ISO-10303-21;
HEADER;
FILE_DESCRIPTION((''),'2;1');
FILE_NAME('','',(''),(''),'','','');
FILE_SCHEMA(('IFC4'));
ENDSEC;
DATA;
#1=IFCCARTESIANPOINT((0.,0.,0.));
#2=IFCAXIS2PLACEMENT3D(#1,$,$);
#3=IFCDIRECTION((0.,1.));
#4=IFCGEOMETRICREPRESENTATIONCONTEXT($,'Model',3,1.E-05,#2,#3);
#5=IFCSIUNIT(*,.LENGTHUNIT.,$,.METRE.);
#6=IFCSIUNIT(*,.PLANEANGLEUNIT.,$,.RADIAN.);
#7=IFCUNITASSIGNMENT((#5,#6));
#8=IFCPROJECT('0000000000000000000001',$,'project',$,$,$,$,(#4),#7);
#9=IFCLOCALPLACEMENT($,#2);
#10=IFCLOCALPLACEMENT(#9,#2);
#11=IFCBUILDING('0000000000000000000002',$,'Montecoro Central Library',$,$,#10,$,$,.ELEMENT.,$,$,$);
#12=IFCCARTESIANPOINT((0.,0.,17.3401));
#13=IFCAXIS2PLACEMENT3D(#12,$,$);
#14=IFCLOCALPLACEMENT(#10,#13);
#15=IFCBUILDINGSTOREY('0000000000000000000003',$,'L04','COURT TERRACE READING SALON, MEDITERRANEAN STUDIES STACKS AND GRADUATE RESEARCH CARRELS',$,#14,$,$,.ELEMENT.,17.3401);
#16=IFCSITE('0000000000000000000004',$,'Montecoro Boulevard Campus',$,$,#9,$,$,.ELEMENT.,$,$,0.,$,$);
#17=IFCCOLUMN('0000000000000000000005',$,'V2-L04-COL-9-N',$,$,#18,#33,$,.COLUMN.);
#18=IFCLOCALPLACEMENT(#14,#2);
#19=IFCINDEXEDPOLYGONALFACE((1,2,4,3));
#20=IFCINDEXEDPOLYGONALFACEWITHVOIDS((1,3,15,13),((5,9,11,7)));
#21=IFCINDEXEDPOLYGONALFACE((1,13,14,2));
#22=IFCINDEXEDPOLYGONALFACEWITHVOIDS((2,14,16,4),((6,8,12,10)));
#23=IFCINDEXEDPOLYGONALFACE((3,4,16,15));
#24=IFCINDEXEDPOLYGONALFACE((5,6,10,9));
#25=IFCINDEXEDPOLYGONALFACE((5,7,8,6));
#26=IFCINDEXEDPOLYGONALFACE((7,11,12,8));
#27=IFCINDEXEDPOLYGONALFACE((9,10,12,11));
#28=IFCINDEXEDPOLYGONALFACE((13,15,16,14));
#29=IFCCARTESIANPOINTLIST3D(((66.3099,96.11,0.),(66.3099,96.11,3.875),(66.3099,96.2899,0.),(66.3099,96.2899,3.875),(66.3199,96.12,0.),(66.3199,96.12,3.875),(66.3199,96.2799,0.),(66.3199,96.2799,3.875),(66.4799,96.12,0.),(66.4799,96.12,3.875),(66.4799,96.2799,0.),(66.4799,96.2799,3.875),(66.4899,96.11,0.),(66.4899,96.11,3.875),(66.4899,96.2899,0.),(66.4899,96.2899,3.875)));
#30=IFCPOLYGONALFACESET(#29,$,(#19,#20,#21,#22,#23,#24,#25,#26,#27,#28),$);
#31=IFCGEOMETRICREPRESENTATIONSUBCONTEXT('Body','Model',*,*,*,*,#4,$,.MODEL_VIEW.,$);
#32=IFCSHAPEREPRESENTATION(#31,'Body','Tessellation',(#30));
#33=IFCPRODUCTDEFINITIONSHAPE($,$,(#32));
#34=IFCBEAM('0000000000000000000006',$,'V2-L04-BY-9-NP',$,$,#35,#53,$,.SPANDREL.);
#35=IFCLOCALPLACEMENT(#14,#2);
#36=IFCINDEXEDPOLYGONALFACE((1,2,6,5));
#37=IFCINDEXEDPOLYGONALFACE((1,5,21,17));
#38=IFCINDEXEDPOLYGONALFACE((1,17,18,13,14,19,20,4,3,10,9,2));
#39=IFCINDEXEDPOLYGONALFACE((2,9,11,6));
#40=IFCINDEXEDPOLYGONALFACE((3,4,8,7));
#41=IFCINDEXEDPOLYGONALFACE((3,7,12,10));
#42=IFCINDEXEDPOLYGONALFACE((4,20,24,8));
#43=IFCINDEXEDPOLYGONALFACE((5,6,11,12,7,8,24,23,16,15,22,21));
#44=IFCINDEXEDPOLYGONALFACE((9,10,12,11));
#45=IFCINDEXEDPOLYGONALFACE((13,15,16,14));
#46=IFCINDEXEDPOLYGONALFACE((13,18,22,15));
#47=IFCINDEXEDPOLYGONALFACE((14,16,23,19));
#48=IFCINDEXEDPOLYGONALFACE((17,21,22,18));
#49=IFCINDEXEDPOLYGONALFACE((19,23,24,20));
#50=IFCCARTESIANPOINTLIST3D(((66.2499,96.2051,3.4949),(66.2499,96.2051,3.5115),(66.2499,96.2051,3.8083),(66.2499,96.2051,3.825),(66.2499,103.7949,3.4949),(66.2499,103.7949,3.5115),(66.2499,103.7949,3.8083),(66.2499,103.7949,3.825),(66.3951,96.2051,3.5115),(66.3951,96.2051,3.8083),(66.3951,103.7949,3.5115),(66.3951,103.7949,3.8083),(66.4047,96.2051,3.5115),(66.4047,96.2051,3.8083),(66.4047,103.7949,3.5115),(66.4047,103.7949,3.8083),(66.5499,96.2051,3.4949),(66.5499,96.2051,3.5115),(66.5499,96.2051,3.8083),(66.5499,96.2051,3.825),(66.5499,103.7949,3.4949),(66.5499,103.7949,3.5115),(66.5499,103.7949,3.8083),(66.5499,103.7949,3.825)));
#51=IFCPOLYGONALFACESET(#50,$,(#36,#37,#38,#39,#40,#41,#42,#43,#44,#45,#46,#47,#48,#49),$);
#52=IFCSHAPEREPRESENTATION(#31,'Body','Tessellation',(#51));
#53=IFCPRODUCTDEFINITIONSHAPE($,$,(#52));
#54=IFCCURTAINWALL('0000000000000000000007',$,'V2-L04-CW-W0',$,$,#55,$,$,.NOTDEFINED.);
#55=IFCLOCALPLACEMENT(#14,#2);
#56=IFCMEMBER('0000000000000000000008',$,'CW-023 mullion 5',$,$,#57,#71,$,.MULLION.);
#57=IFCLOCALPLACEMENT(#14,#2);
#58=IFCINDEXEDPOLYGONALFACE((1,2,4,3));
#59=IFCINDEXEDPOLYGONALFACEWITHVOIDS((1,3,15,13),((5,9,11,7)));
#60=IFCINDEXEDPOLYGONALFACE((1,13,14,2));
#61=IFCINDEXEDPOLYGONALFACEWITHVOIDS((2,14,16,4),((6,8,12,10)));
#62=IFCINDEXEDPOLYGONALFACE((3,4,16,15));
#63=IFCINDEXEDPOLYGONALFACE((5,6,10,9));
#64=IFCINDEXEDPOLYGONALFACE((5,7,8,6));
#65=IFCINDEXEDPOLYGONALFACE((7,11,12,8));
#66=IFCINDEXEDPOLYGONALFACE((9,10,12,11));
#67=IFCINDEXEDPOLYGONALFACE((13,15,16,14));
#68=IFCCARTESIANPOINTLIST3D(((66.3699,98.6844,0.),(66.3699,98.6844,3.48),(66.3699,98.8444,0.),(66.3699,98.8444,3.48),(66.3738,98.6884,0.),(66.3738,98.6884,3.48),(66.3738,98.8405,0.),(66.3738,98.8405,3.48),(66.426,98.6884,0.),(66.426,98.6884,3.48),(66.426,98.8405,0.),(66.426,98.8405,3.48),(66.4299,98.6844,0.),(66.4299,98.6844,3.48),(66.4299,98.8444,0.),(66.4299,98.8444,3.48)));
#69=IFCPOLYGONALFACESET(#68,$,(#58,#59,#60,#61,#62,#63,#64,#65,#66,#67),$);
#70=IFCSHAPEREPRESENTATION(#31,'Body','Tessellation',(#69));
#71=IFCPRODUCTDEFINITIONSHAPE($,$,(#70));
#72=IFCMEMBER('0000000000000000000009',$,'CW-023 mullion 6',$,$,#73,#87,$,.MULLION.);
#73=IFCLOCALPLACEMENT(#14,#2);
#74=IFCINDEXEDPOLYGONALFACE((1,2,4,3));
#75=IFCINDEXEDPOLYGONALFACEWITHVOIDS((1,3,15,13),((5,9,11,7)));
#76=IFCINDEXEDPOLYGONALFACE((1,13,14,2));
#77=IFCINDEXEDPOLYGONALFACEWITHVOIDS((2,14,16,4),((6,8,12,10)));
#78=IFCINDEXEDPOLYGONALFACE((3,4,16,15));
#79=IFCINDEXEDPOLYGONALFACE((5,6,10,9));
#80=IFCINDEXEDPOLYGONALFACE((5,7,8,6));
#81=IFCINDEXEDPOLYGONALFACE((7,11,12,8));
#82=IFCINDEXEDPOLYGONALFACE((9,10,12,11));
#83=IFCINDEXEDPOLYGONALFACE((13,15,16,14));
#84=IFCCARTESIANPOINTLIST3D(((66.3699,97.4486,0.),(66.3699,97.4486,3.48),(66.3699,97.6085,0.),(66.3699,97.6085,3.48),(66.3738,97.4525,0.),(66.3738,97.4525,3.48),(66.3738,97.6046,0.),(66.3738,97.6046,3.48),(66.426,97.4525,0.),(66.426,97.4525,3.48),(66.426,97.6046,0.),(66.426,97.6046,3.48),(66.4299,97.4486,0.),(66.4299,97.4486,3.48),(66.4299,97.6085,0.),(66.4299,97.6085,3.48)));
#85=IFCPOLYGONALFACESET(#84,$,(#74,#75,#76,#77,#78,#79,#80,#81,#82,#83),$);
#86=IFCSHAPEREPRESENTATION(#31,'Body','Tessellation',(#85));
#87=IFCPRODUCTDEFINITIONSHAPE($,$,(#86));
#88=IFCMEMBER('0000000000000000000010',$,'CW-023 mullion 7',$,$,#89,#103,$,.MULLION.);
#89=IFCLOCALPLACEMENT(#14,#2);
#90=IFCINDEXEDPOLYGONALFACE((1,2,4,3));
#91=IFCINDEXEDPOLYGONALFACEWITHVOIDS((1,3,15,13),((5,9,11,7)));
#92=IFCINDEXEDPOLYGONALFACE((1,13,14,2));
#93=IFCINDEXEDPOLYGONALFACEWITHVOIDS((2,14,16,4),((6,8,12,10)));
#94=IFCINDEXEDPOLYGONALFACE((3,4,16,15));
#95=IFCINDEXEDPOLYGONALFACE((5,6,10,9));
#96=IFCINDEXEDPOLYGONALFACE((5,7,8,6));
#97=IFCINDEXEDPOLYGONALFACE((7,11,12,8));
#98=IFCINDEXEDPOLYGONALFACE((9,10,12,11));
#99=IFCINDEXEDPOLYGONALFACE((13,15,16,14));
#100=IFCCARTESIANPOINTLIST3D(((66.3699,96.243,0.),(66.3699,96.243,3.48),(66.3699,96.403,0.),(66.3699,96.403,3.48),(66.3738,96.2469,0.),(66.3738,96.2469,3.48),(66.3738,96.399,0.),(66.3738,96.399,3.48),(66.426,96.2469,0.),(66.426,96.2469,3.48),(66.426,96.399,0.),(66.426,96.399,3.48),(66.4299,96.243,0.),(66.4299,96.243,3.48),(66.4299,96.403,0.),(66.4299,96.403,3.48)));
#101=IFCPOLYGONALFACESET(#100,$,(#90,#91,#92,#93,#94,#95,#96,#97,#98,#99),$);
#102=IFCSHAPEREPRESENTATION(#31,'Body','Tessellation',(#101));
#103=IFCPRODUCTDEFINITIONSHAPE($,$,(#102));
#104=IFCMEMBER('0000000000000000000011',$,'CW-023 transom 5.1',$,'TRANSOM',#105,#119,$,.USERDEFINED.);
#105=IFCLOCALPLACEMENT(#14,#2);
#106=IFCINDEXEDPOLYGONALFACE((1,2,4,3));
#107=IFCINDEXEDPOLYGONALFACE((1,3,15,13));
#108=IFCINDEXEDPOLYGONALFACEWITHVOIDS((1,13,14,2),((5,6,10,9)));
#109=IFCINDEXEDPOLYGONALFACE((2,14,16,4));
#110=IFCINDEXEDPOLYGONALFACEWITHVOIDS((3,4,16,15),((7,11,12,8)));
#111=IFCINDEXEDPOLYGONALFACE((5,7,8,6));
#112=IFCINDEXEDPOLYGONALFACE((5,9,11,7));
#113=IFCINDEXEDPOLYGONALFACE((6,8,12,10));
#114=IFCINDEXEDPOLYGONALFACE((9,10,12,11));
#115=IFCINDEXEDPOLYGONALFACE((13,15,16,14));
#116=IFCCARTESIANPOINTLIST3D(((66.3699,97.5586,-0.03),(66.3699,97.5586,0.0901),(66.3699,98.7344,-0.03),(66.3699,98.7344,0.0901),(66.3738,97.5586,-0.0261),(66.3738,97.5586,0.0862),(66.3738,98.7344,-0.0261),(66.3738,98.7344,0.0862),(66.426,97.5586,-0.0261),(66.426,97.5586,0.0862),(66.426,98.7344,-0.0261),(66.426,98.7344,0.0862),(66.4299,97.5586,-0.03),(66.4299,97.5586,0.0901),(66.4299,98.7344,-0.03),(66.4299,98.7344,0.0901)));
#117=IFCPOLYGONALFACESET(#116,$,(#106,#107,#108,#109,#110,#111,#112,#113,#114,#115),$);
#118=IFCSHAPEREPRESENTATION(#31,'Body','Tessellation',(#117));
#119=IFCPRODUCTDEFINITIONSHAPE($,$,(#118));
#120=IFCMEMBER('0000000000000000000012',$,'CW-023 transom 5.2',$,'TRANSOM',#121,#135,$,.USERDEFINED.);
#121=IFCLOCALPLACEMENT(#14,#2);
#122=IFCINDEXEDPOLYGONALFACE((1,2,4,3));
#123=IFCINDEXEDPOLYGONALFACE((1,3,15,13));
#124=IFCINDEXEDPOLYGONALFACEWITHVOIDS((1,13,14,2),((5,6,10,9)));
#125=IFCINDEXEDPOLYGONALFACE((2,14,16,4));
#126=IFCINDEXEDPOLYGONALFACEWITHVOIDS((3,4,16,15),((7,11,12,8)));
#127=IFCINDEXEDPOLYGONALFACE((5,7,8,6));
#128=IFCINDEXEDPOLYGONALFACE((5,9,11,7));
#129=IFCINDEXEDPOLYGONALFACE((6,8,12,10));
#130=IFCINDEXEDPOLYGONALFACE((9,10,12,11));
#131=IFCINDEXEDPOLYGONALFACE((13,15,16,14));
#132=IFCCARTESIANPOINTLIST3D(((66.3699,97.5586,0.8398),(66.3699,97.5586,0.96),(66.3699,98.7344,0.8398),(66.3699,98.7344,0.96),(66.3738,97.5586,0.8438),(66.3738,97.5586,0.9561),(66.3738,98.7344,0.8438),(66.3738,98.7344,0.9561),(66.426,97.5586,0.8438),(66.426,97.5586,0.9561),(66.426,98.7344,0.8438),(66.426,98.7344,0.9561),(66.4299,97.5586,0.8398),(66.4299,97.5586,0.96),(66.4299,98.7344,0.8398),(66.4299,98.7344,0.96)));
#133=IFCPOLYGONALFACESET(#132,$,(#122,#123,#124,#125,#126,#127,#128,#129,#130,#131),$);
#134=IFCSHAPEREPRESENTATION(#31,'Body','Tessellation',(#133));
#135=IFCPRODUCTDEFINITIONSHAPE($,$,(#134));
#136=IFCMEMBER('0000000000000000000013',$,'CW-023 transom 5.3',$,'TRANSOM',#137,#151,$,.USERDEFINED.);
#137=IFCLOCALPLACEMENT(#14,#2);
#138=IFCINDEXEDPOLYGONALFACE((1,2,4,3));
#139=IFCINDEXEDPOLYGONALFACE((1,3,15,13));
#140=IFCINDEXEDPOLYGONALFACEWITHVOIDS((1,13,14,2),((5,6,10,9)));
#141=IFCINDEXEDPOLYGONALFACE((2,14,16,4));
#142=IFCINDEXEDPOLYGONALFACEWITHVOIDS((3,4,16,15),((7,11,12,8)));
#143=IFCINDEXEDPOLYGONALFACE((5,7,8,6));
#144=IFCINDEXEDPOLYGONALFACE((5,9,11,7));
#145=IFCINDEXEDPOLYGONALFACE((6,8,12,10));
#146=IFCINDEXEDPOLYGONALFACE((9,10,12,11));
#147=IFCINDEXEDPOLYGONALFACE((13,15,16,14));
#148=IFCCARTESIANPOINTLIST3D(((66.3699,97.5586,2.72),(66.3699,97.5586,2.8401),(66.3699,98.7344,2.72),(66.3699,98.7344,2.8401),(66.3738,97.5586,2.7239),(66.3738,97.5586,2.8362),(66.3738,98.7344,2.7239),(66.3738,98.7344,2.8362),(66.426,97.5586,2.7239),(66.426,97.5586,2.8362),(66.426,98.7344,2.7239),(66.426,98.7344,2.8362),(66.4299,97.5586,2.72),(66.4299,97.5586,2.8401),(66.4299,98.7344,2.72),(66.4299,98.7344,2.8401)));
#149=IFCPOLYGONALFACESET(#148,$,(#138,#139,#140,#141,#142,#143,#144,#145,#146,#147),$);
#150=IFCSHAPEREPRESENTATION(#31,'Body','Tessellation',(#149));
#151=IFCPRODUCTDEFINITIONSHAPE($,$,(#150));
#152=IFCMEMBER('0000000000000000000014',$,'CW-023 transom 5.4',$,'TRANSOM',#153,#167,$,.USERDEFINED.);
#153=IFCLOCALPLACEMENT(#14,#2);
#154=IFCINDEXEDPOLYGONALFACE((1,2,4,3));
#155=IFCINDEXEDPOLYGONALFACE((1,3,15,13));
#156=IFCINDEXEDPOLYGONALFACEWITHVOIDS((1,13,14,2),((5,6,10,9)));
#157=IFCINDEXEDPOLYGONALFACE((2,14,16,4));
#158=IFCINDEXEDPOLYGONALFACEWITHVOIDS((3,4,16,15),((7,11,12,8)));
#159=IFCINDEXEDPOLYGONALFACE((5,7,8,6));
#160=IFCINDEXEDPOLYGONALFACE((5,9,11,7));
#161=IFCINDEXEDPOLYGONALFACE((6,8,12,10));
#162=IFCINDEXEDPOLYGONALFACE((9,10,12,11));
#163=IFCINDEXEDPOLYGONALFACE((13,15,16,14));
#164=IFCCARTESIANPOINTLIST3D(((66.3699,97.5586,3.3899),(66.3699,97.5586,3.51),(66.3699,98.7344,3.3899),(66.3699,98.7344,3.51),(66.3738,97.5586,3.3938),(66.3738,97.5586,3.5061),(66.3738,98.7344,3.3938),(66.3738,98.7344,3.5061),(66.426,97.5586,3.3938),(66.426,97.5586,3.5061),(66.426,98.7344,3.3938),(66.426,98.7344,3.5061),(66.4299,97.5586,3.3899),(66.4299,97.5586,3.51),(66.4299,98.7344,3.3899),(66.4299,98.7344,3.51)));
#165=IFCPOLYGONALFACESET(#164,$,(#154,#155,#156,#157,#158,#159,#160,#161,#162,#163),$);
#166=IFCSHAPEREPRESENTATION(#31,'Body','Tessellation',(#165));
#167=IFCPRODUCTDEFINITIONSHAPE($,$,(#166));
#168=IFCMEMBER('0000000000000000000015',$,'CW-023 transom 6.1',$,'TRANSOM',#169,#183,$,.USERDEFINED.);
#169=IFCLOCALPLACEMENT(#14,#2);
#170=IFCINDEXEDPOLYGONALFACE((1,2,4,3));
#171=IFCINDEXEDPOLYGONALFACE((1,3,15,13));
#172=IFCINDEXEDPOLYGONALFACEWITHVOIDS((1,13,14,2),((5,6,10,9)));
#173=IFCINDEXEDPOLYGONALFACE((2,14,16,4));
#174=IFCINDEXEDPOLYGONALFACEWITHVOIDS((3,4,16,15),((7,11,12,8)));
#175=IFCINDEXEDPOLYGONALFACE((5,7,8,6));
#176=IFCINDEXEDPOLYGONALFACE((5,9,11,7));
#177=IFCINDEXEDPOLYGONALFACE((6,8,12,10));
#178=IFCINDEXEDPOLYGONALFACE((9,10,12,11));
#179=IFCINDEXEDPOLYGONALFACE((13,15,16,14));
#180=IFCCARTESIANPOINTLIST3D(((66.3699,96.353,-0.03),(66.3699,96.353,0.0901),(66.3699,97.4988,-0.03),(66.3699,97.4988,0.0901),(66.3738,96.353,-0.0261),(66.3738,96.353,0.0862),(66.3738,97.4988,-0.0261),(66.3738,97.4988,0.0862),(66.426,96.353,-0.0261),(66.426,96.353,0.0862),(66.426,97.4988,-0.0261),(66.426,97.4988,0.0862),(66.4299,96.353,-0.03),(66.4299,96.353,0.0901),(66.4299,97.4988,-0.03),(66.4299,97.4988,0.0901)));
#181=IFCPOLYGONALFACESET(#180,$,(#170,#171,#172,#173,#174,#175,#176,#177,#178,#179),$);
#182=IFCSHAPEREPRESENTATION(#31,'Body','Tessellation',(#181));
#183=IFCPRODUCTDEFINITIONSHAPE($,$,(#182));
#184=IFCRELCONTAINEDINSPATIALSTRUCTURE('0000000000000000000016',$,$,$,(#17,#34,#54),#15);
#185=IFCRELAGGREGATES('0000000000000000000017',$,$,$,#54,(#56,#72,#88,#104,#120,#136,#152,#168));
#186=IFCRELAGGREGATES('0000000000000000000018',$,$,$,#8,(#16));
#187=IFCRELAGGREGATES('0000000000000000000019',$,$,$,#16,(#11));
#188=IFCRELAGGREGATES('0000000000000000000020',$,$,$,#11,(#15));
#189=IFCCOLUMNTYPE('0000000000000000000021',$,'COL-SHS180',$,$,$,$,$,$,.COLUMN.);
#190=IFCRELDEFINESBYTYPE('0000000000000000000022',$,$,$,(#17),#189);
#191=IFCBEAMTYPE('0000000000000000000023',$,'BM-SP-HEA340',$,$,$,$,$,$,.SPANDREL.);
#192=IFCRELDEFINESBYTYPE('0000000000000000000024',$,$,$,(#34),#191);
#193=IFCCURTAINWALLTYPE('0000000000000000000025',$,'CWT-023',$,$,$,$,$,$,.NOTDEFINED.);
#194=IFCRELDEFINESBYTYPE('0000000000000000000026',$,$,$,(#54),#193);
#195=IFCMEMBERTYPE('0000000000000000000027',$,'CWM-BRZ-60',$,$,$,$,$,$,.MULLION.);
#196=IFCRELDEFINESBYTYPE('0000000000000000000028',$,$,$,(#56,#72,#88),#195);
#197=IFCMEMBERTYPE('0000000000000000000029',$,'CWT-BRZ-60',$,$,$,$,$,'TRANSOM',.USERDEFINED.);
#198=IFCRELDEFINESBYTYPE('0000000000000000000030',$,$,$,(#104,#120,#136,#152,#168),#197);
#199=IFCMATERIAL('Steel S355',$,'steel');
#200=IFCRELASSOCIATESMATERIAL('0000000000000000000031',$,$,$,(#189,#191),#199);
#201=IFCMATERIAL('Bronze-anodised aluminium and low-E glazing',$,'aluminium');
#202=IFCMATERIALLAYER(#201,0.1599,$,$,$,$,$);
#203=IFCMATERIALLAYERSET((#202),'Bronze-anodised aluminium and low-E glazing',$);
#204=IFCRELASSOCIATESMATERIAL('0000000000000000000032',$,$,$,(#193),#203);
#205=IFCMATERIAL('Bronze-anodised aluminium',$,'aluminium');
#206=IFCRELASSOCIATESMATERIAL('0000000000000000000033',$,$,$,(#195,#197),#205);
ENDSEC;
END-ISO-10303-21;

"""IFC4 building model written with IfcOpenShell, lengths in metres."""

from ifc_helpers import new_model, si_unit, direction, frame, origin, origin_2d, place, context, subcontext, project, spatial, hollow_rectangle, i_section, extrude, material, layer, layer_set, material_profile, profile_set, type_object, element, aggregate, save


model = new_model("IFC4")

# Units and contexts
model_context = context("Model", 3, precision=1e-05, world=origin(), true_north=direction((0.0, 1.0)))
body_context = subcontext(model_context, "Body", "Model", "MODEL_VIEW")
ifc_project = project(units=[si_unit("LENGTHUNIT", "METRE"), si_unit("PLANEANGLEUNIT", "RADIAN")], contexts=[model_context])

# Site, building, storey
site_placement = place(None, origin())
site = spatial("IfcSite", under=ifc_project, at=site_placement, Name="Montecoro Boulevard Campus", CompositionType="ELEMENT", RefElevation=0.0)
building_placement = place(site_placement, origin())
building = spatial("IfcBuilding", under=site, at=building_placement, Name="Montecoro Central Library", CompositionType="ELEMENT")
storey_placement = place(building_placement, frame((0.0, 0.0, 17.3401)))
storey = spatial("IfcBuildingStorey", under=building, at=storey_placement, Name="L04", Description="COURT TERRACE READING SALON, MEDITERRANEAN STUDIES STACKS AND GRADUATE RESEARCH CARRELS", CompositionType="ELEMENT", Elevation=17.3401)

# Column
ifc_material_1 = material(Name="Steel S355", Category="steel")
ifc_material_profile_1 = material_profile(ifc_material_1, hollow_rectangle(XDim=0.1799, YDim=0.1799, WallThickness=0.01, at=origin_2d()), Name="SHS 180x180x10.0")
ifc_profile_set_1 = profile_set([ifc_material_profile_1], Name="Steel S355")
column_type = type_object("IfcColumnType", Name="COL-SHS180", PredefinedType="COLUMN", material=ifc_profile_set_1)
column_placement = place(storey_placement, frame((66.3999, 96.2, 0.0), z_axis=(0.0, 0.0, 1.0), x_axis=(1.0, 0.0, 0.0)))
element("IfcColumn", 1, at=column_placement, inside=storey, type_object=column_type, Name="V2-L04-COL-9-N", PredefinedType="COLUMN", context=body_context, shape_type="SweptSolid", body=[
    extrude(hollow_rectangle(XDim=0.1799, YDim=0.1799, WallThickness=0.01, at=origin_2d()), origin(), (0.0, 0.0, 1.0), 3.875),
])

# Beam
ifc_material_profile_2 = material_profile(ifc_material_1, i_section(OverallWidth=0.3, OverallDepth=0.3301, WebThickness=0.0095, FlangeThickness=0.0166, at=origin_2d()), Name="HEA 340")
ifc_profile_set_2 = profile_set([ifc_material_profile_2], Name="Steel S355")
beam_type = type_object("IfcBeamType", Name="BM-SP-HEA340", PredefinedType="SPANDREL", material=ifc_profile_set_2)
beam_placement = place(storey_placement, frame((66.3999, 96.2051, 3.6599), z_axis=(0.0, 1.0, 0.0), x_axis=(-1.0, 0.0, 0.0)))
element("IfcBeam", 2, at=beam_placement, inside=storey, type_object=beam_type, Name="V2-L04-BY-9-NP", PredefinedType="SPANDREL", context=body_context, shape_type="SweptSolid", body=[
    extrude(i_section(OverallWidth=0.3, OverallDepth=0.3301, WebThickness=0.0095, FlangeThickness=0.0166, at=origin_2d()), origin(), (0.0, 0.0, 1.0), 7.5898),
])

# Curtain wall, members
ifc_material_2 = material(Name="Bronze-anodised aluminium and low-E glazing", Category="aluminium")
ifc_layer_1 = layer(ifc_material_2, 0.1599)
ifc_layer_set_1 = layer_set([ifc_layer_1], Name="Bronze-anodised aluminium and low-E glazing")
curtain_wall_type = type_object("IfcCurtainWallType", Name="CWT-023", PredefinedType="NOTDEFINED", material=ifc_layer_set_1)
curtain_wall_placement = place(storey_placement, origin())
curtain_wall = element("IfcCurtainWall", 3, at=curtain_wall_placement, inside=storey, type_object=curtain_wall_type, Name="V2-L04-CW-W0", PredefinedType="NOTDEFINED")
ifc_material_3 = material(Name="Bronze-anodised aluminium", Category="aluminium")
ifc_material_profile_3 = material_profile(ifc_material_3, hollow_rectangle(XDim=0.0601, YDim=0.1599, WallThickness=0.0039, at=origin_2d()), Name="CWM 160x60x4.0")
ifc_profile_set_3 = profile_set([ifc_material_profile_3], Name="Bronze-anodised aluminium")
member_type_1 = type_object("IfcMemberType", Name="CWM-BRZ-60", PredefinedType="MULLION", material=ifc_profile_set_3)
member_1_placement = place(storey_placement, frame((66.3999, 98.7644, 0.0), z_axis=(0.0, 0.0, 1.0), x_axis=(1.0, 0.0, 0.0)))
member_1 = element("IfcMember", 4, at=member_1_placement, type_object=member_type_1, Name="CW-023 mullion 5", PredefinedType="MULLION", context=body_context, shape_type="SweptSolid", body=[
    extrude(hollow_rectangle(XDim=0.0601, YDim=0.1599, WallThickness=0.0039, at=origin_2d()), origin(), (0.0, 0.0, 1.0), 3.48),
])
member_2_placement = place(storey_placement, frame((66.3999, 97.5286, 0.0), z_axis=(0.0, 0.0, 1.0), x_axis=(1.0, 0.0, 0.0)))
member_2 = element("IfcMember", 5, at=member_2_placement, type_object=member_type_1, Name="CW-023 mullion 6", PredefinedType="MULLION", context=body_context, shape_type="SweptSolid", body=[
    extrude(hollow_rectangle(XDim=0.0601, YDim=0.1599, WallThickness=0.0039, at=origin_2d()), origin(), (0.0, 0.0, 1.0), 3.48),
])
member_3_placement = place(storey_placement, frame((66.3999, 96.323, 0.0), z_axis=(0.0, 0.0, 1.0), x_axis=(1.0, 0.0, 0.0)))
member_3 = element("IfcMember", 6, at=member_3_placement, type_object=member_type_1, Name="CW-023 mullion 7", PredefinedType="MULLION", context=body_context, shape_type="SweptSolid", body=[
    extrude(hollow_rectangle(XDim=0.0601, YDim=0.1599, WallThickness=0.0039, at=origin_2d()), origin(), (0.0, 0.0, 1.0), 3.48),
])
ifc_material_profile_4 = material_profile(ifc_material_3, hollow_rectangle(XDim=0.0601, YDim=0.1201, WallThickness=0.0039, at=origin_2d()), Name="CWT 120x60x4.0")
ifc_profile_set_4 = profile_set([ifc_material_profile_4], Name="Bronze-anodised aluminium")
member_type_2 = type_object("IfcMemberType", Name="CWT-BRZ-60", ElementType="TRANSOM", PredefinedType="USERDEFINED", material=ifc_profile_set_4)
member_4_placement = place(storey_placement, frame((66.3999, 98.7344, 0.03), z_axis=(0.0, -1.0, 0.0), x_axis=(1.0, 0.0, 0.0)))
member_4 = element("IfcMember", 7, at=member_4_placement, type_object=member_type_2, Name="CW-023 transom 5.1", ObjectType="TRANSOM", PredefinedType="USERDEFINED", context=body_context, shape_type="SweptSolid", body=[
    extrude(hollow_rectangle(XDim=0.0601, YDim=0.1201, WallThickness=0.0039, at=origin_2d()), origin(), (0.0, 0.0, 1.0), 1.1758),
])
member_5_placement = place(storey_placement, frame((66.3999, 98.7344, 0.8999), z_axis=(0.0, -1.0, 0.0), x_axis=(1.0, 0.0, 0.0)))
member_5 = element("IfcMember", 8, at=member_5_placement, type_object=member_type_2, Name="CW-023 transom 5.2", ObjectType="TRANSOM", PredefinedType="USERDEFINED", context=body_context, shape_type="SweptSolid", body=[
    extrude(hollow_rectangle(XDim=0.0601, YDim=0.1201, WallThickness=0.0039, at=origin_2d()), origin(), (0.0, 0.0, 1.0), 1.1758),
])
member_6_placement = place(storey_placement, frame((66.3999, 98.7344, 2.78), z_axis=(0.0, -1.0, 0.0), x_axis=(1.0, 0.0, 0.0)))
member_6 = element("IfcMember", 9, at=member_6_placement, type_object=member_type_2, Name="CW-023 transom 5.3", ObjectType="TRANSOM", PredefinedType="USERDEFINED", context=body_context, shape_type="SweptSolid", body=[
    extrude(hollow_rectangle(XDim=0.0601, YDim=0.1201, WallThickness=0.0039, at=origin_2d()), origin(), (0.0, 0.0, 1.0), 1.1758),
])
member_7_placement = place(storey_placement, frame((66.3999, 98.7344, 3.45), z_axis=(0.0, -1.0, 0.0), x_axis=(1.0, 0.0, 0.0)))
member_7 = element("IfcMember", 10, at=member_7_placement, type_object=member_type_2, Name="CW-023 transom 5.4", ObjectType="TRANSOM", PredefinedType="USERDEFINED", context=body_context, shape_type="SweptSolid", body=[
    extrude(hollow_rectangle(XDim=0.0601, YDim=0.1201, WallThickness=0.0039, at=origin_2d()), origin(), (0.0, 0.0, 1.0), 1.1758),
])
member_8_placement = place(storey_placement, frame((66.3999, 97.4988, 0.03), z_axis=(0.0, -1.0, 0.0), x_axis=(1.0, 0.0, 0.0)))
member_8 = element("IfcMember", 11, at=member_8_placement, type_object=member_type_2, Name="CW-023 transom 6.1", ObjectType="TRANSOM", PredefinedType="USERDEFINED", context=body_context, shape_type="SweptSolid", body=[
    extrude(hollow_rectangle(XDim=0.0601, YDim=0.1201, WallThickness=0.0039, at=origin_2d()), origin(), (0.0, 0.0, 1.0), 1.1458),
])
aggregate(curtain_wall, [member_1, member_2, member_3, member_4, member_5, member_6, member_7, member_8])

save(model, "model.ifc")
